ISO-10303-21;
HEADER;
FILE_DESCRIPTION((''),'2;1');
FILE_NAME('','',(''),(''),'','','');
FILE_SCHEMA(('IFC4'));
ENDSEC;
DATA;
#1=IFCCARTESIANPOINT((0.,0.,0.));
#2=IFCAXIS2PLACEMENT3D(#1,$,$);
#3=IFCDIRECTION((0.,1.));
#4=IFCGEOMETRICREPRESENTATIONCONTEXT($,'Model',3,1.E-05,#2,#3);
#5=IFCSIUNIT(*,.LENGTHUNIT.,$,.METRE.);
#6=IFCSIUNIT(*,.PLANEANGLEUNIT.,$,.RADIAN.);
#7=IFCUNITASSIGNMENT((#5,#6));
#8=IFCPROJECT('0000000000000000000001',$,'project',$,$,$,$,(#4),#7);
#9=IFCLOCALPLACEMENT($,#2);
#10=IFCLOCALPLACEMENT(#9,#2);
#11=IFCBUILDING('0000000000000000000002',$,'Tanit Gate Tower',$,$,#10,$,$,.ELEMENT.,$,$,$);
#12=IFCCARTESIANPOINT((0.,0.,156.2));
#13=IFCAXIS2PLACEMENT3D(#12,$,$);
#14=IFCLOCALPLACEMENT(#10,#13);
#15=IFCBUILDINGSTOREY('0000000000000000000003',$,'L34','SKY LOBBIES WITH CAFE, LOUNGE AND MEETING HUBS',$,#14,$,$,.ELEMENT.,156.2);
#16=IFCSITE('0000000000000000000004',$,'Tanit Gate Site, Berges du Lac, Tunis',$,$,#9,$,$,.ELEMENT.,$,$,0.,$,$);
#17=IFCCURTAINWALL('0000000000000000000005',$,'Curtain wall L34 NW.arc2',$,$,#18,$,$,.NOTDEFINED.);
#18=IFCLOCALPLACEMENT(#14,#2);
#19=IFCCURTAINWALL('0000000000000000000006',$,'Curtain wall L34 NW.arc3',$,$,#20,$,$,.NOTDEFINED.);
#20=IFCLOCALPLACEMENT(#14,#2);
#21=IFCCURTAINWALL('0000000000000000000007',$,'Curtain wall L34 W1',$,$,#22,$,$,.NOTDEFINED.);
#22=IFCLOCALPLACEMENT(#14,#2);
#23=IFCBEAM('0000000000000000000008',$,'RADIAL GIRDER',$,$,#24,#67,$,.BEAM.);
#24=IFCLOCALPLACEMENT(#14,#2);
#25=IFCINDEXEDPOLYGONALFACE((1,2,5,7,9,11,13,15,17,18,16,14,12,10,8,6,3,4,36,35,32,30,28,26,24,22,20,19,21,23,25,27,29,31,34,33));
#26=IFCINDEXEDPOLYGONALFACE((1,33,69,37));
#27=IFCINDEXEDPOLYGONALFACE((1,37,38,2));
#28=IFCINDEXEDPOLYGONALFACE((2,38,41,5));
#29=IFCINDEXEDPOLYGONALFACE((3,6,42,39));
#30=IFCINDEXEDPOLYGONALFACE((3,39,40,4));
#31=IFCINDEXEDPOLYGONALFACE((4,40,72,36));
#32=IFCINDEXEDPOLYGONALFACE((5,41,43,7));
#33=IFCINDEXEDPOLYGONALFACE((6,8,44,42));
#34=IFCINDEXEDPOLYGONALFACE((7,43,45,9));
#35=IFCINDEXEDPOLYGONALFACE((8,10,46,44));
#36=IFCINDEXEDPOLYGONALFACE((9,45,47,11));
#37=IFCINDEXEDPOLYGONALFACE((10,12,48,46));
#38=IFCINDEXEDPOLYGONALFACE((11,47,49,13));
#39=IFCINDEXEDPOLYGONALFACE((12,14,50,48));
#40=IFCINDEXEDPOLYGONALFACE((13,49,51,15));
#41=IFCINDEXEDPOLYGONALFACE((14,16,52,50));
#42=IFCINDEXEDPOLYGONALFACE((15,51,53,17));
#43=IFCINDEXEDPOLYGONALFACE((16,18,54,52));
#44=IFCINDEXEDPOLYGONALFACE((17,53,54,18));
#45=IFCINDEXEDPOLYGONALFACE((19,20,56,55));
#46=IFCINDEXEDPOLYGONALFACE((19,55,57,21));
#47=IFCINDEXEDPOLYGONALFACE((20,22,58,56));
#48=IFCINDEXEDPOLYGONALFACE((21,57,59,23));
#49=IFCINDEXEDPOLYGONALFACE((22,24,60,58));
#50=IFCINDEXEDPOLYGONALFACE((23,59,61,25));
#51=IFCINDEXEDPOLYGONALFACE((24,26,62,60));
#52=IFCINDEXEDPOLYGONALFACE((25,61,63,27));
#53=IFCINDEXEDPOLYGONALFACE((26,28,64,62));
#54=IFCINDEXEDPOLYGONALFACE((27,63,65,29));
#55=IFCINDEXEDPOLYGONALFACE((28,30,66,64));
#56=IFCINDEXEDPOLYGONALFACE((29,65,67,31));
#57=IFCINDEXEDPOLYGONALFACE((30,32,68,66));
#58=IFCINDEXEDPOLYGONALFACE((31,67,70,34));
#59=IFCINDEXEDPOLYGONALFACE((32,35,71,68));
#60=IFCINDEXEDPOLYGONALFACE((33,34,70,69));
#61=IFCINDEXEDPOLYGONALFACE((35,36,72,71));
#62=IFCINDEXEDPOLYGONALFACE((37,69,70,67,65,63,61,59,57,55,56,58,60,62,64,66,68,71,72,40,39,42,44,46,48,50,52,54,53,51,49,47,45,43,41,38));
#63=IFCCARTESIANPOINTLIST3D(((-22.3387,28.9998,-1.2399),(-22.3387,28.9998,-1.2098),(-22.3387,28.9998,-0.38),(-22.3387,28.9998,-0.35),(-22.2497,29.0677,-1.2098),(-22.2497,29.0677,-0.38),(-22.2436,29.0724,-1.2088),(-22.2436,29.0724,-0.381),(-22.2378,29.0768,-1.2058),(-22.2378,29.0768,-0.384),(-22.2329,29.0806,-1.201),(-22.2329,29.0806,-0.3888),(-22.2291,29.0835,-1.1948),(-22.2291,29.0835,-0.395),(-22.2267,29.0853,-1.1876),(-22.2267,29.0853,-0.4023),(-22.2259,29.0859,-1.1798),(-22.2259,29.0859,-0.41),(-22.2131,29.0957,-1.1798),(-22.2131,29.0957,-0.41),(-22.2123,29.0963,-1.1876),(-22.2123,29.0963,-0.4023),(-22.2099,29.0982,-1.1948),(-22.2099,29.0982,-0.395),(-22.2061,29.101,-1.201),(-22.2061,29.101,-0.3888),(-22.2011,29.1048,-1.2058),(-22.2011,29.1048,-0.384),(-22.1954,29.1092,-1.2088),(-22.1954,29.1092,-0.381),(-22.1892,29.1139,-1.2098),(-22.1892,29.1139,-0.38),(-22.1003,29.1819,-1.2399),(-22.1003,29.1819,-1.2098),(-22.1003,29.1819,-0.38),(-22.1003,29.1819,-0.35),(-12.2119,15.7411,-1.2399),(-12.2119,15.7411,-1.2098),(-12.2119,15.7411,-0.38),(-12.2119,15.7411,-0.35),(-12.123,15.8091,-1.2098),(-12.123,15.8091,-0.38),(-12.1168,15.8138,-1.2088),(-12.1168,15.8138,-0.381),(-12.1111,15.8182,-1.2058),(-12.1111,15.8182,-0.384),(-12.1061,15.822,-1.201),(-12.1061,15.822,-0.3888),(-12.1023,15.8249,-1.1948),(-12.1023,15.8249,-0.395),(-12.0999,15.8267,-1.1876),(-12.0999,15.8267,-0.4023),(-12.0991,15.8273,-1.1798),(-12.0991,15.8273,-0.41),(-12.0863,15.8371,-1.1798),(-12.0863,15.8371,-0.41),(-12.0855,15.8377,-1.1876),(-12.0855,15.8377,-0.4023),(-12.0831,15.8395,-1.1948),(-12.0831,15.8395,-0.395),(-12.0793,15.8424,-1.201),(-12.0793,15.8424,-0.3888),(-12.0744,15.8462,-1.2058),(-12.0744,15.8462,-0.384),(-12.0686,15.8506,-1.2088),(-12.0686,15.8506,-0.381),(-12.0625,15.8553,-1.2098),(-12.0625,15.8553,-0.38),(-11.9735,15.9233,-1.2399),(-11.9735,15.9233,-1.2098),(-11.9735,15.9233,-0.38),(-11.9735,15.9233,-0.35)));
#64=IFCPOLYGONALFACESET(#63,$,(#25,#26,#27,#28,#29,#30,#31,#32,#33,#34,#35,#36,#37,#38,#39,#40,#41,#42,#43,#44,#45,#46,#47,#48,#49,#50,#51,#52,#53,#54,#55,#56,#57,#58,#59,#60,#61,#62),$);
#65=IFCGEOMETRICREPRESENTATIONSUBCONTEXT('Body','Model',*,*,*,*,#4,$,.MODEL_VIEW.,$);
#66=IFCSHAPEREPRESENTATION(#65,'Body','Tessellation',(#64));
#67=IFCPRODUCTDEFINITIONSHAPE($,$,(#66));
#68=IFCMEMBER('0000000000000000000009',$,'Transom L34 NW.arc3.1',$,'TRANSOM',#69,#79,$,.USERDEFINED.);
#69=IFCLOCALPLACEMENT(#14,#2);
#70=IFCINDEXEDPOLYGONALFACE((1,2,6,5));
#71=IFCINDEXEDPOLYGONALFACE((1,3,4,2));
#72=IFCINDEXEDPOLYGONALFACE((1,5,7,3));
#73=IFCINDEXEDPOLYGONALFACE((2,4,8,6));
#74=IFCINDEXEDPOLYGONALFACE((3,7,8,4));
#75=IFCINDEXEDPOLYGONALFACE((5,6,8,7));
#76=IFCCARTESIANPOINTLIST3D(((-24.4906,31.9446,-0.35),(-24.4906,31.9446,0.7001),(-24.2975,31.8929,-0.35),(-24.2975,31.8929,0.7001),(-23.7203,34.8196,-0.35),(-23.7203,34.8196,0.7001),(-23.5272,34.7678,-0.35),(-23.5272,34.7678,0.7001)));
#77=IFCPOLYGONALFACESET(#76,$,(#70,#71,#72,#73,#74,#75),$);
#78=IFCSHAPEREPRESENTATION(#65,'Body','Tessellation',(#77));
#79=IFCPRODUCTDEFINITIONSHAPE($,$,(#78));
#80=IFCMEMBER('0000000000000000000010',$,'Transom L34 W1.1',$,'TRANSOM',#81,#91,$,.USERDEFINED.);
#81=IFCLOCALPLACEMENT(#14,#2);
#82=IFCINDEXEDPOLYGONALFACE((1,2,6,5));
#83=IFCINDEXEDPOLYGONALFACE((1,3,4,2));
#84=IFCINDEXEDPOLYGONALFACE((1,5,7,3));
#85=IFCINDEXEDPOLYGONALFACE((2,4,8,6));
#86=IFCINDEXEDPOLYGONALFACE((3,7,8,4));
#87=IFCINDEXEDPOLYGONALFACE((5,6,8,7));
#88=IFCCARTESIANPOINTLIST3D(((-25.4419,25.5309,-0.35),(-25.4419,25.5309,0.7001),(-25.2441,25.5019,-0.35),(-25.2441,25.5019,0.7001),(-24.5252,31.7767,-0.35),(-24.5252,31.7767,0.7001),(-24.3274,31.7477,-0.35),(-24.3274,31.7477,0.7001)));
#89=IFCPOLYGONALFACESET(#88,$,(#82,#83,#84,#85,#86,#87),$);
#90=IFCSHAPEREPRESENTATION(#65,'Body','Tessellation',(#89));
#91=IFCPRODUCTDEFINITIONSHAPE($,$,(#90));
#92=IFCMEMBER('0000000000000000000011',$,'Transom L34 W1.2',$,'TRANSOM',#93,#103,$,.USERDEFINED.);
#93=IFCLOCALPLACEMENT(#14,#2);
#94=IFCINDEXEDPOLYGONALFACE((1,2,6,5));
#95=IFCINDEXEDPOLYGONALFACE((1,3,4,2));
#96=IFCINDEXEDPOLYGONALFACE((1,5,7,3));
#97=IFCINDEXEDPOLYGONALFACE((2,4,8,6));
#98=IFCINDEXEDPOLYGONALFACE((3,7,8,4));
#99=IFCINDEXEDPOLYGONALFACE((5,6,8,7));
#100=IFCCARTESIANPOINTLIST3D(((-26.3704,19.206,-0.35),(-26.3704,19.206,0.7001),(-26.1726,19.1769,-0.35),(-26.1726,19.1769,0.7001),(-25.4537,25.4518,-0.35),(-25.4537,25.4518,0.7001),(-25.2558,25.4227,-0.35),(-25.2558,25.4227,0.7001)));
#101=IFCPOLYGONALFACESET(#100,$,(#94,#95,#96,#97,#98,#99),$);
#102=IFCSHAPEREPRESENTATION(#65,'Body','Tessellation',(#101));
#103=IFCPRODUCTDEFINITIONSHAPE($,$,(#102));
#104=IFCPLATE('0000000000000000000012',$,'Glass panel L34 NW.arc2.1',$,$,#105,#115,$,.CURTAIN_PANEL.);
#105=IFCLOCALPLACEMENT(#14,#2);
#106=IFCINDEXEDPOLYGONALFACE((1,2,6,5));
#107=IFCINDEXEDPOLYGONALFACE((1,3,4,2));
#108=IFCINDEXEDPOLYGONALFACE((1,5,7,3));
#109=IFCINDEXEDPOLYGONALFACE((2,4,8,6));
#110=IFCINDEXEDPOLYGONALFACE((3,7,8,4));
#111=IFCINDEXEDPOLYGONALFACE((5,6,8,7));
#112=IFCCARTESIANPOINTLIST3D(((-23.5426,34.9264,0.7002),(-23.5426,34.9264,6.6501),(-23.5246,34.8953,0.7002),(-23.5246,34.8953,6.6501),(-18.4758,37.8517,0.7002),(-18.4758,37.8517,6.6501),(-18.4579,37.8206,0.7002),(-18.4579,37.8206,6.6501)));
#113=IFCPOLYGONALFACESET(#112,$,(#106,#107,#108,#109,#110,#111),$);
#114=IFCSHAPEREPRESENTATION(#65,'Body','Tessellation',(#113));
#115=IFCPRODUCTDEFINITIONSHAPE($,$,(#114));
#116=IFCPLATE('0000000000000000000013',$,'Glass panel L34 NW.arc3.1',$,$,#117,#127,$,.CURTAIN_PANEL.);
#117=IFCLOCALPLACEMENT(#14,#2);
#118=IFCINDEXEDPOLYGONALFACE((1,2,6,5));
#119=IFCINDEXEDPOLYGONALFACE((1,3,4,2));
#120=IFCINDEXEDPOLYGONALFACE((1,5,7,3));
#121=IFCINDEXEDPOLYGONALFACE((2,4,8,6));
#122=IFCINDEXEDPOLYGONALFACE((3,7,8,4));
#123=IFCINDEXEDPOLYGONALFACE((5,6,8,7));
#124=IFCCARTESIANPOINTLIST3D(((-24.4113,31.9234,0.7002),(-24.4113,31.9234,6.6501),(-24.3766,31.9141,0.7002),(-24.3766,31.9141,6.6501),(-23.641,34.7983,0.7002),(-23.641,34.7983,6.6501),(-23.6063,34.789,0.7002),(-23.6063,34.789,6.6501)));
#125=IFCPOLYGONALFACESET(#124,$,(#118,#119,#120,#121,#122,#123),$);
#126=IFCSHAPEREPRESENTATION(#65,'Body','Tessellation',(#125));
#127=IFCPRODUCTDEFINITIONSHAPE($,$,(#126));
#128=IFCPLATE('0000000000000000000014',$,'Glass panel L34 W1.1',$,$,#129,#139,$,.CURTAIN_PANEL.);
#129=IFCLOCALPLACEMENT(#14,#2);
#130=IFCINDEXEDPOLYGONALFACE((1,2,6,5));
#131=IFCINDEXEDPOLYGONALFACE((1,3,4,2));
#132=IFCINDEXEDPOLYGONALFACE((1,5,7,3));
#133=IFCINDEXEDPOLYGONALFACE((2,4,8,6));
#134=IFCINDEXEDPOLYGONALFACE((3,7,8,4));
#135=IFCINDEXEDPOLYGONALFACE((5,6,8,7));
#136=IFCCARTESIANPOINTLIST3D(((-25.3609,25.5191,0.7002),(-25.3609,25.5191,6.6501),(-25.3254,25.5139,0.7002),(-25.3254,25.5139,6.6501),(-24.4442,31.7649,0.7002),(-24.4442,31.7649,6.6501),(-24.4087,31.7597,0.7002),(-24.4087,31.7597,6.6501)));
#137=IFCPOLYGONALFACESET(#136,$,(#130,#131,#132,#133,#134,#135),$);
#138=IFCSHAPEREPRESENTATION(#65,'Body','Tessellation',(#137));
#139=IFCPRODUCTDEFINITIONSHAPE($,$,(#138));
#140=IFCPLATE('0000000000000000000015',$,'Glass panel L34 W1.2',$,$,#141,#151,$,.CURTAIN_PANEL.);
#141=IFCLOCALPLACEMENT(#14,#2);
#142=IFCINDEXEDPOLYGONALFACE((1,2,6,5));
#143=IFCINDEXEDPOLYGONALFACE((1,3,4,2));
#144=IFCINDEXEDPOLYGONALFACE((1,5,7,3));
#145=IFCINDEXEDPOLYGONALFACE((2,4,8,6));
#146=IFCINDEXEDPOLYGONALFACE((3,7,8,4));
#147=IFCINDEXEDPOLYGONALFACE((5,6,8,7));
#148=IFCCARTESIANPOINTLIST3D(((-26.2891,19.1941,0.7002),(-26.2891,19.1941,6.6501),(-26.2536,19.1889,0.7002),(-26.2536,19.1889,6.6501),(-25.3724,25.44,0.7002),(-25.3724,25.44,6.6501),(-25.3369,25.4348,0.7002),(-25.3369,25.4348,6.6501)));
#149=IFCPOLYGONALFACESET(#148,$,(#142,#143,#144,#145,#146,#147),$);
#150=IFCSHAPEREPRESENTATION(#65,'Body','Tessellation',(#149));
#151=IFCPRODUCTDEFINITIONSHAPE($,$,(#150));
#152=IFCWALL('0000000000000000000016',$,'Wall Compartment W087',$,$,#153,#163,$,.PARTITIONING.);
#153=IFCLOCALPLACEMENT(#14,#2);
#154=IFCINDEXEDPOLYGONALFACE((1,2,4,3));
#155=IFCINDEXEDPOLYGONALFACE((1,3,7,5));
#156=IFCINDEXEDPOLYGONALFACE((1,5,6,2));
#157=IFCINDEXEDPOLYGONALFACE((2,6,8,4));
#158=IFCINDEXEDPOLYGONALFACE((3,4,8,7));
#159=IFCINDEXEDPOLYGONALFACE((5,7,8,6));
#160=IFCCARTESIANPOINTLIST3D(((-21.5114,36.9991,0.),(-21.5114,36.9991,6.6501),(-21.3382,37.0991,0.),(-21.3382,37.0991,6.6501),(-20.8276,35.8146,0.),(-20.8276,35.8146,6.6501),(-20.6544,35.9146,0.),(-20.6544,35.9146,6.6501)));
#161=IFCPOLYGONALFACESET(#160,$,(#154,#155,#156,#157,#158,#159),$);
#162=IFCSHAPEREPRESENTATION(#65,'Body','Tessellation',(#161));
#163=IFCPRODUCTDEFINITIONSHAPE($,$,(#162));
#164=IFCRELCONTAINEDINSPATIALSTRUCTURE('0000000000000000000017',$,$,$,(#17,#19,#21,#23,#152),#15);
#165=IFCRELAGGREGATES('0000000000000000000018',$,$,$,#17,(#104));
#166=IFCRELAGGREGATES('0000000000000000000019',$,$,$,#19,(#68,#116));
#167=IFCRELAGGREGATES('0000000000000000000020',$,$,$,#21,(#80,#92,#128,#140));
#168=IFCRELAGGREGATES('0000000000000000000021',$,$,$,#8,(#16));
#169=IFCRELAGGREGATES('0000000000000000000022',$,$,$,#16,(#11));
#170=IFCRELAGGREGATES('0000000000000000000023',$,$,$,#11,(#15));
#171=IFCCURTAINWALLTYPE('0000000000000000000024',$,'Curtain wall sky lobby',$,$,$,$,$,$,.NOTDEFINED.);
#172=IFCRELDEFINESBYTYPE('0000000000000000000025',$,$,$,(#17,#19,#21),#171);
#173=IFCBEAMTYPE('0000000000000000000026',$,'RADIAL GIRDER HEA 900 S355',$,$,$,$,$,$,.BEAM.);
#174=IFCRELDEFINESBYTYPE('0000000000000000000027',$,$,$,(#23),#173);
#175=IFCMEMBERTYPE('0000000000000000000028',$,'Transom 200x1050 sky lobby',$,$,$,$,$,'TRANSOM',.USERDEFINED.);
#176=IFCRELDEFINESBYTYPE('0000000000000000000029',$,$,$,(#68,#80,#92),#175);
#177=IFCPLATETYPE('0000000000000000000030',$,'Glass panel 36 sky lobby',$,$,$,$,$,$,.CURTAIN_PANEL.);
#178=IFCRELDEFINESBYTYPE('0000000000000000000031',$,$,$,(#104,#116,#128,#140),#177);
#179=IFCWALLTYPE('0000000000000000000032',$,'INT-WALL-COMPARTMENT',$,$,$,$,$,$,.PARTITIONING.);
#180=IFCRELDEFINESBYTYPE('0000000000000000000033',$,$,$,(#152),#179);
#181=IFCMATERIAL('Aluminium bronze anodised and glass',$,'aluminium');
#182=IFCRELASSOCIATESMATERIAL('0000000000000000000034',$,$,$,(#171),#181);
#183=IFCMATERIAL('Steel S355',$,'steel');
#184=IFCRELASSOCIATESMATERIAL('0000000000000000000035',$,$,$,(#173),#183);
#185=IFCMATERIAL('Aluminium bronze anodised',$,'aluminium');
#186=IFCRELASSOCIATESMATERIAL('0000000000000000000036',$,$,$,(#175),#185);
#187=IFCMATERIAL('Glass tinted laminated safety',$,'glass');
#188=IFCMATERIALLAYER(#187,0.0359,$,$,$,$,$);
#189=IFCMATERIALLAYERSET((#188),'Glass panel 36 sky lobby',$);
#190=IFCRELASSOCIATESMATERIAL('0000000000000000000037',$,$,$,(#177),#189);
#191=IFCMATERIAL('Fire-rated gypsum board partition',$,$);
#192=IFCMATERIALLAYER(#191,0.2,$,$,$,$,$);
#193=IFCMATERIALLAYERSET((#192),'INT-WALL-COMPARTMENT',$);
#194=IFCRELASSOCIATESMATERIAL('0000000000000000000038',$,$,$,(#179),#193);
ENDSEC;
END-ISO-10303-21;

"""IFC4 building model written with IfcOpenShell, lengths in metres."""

from ifc_helpers import new_model, si_unit, direction, frame, frame_2d, origin, origin_2d, place, context, subcontext, project, spatial, rectangle, i_section, extrude, material, layer, layer_set, material_profile, profile_set, type_object, element, aggregate, save


model = new_model("IFC4")

# Units and contexts
model_context = context("Model", 3, precision=1e-05, world=origin(), true_north=direction((0.0, 1.0)))
body_context = subcontext(model_context, "Body", "Model", "MODEL_VIEW")
ifc_project = project(units=[si_unit("LENGTHUNIT", "METRE"), si_unit("PLANEANGLEUNIT", "RADIAN")], contexts=[model_context])

# Site, building, storey
site_placement = place(None, origin())
site = spatial("IfcSite", under=ifc_project, at=site_placement, Name="Tanit Gate Site, Berges du Lac, Tunis", CompositionType="ELEMENT", RefElevation=0.0)
building_placement = place(site_placement, origin())
building = spatial("IfcBuilding", under=site, at=building_placement, Name="Tanit Gate Tower", CompositionType="ELEMENT")
storey_placement = place(building_placement, frame((0.0, 0.0, 156.2)))
storey = spatial("IfcBuildingStorey", under=building, at=storey_placement, Name="L34", Description="SKY LOBBIES WITH CAFE, LOUNGE AND MEETING HUBS", CompositionType="ELEMENT", Elevation=156.2)

# Curtain wall
ifc_material_1 = material(Name="Aluminium bronze anodised and glass", Category="aluminium")
curtain_wall_type = type_object("IfcCurtainWallType", Name="Curtain wall sky lobby", PredefinedType="NOTDEFINED", material=ifc_material_1)
curtain_wall_1_placement = place(storey_placement, origin())
curtain_wall_1 = element("IfcCurtainWall", 1, at=curtain_wall_1_placement, inside=storey, type_object=curtain_wall_type, Name="Curtain wall L34 NW.arc2", PredefinedType="NOTDEFINED")

# Curtain walls
curtain_wall_2_placement = place(storey_placement, origin())
curtain_wall_2 = element("IfcCurtainWall", 2, at=curtain_wall_2_placement, inside=storey, type_object=curtain_wall_type, Name="Curtain wall L34 NW.arc3", PredefinedType="NOTDEFINED")
curtain_wall_3_placement = place(storey_placement, origin())
curtain_wall_3 = element("IfcCurtainWall", 3, at=curtain_wall_3_placement, inside=storey, type_object=curtain_wall_type, Name="Curtain wall L34 W1", PredefinedType="NOTDEFINED")

# Beam
ifc_material_2 = material(Name="Steel S355", Category="steel")
ifc_material_profile_1 = material_profile(ifc_material_2, i_section(OverallWidth=0.3, OverallDepth=0.8899, WebThickness=0.0161, FlangeThickness=0.03, FilletRadius=0.03, at=origin_2d()), Name="HEA 900")
ifc_profile_set_1 = profile_set([ifc_material_profile_1], Name="Steel S355")
beam_type_1 = type_object("IfcBeamType", Name="RADIAL GIRDER HEA 900 S355", PredefinedType="BEAM", material=ifc_profile_set_1)
beam_1_placement = place(storey_placement, frame((-22.2195, 29.0908, -0.7949), z_axis=(0.606989, -0.79471, 0.0), x_axis=(0.79471, 0.606989, 0.0)))
element("IfcBeam", 4, at=beam_1_placement, inside=storey, type_object=beam_type_1, Name="RADIAL GIRDER", PredefinedType="BEAM", context=body_context, shape_type="SweptSolid", body=[
    extrude(i_section(OverallWidth=0.3, OverallDepth=0.8899, WebThickness=0.0161, FlangeThickness=0.03, FilletRadius=0.03, at=origin_2d()), origin(), (0.0, 0.0, 1.0), 16.6836),
])

# Members
ifc_material_3 = material(Name="Aluminium bronze anodised", Category="aluminium")
ifc_material_profile_2 = material_profile(ifc_material_3, rectangle(XDim=0.2, YDim=1.05, at=origin_2d()), Name="200x1050 bronze transom")
ifc_profile_set_2 = profile_set([ifc_material_profile_2], Name="Aluminium bronze anodised")
member_type_1 = type_object("IfcMemberType", Name="Transom 200x1050 sky lobby", ElementType="TRANSOM", PredefinedType="USERDEFINED", material=ifc_profile_set_2)
member_1_placement = place(storey_placement, frame((-23.6238, 34.7937, 0.175), z_axis=(-0.258791, -0.965933, 0.0), x_axis=(0.965933, -0.258791, 0.0)))
member_1 = element("IfcMember", 5, at=member_1_placement, type_object=member_type_1, Name="Transom L34 NW.arc3.1", ObjectType="TRANSOM", PredefinedType="USERDEFINED", context=body_context, shape_type="SweptSolid", body=[
    extrude(rectangle(XDim=0.2, YDim=1.05, at=origin_2d()), origin(), (0.0, 0.0, 1.0), 2.9763),
])
member_2_placement = place(storey_placement, frame((-24.4263, 31.7622, 0.175), z_axis=(-0.145221, -0.989399, 0.0), x_axis=(0.989399, -0.145221, 0.0)))
member_2 = element("IfcMember", 6, at=member_2_placement, type_object=member_type_1, Name="Transom L34 W1.1", ObjectType="TRANSOM", PredefinedType="USERDEFINED", context=body_context, shape_type="SweptSolid", body=[
    extrude(rectangle(XDim=0.2, YDim=1.05, at=origin_2d()), origin(), (0.0, 0.0, 1.0), 6.3127),
])
member_3_placement = place(storey_placement, frame((-25.3547, 25.4373, 0.175), z_axis=(-0.145221, -0.989399, 0.0), x_axis=(0.989399, -0.145221, 0.0)))
member_3 = element("IfcMember", 7, at=member_3_placement, type_object=member_type_1, Name="Transom L34 W1.2", ObjectType="TRANSOM", PredefinedType="USERDEFINED", context=body_context, shape_type="SweptSolid", body=[
    extrude(rectangle(XDim=0.2, YDim=1.05, at=origin_2d()), origin(), (0.0, 0.0, 1.0), 6.3127),
])

# Plates
ifc_material_4 = material(Name="Glass tinted laminated safety", Category="glass")
ifc_layer_1 = layer(ifc_material_4, 0.0359)
ifc_layer_set_1 = layer_set([ifc_layer_1], Name="Glass panel 36 sky lobby")
plate_type = type_object("IfcPlateType", Name="Glass panel 36 sky lobby", PredefinedType="CURTAIN_PANEL", material=ifc_layer_set_1)
plate_1_placement = place(storey_placement, frame((-21.0002, 36.3735, 0.7002), z_axis=(0.0, 0.0, 1.0), x_axis=(-0.866025, -0.5, 0.0)))
plate_1 = element("IfcPlate", 8, at=plate_1_placement, type_object=plate_type, Name="Glass panel L34 NW.arc2.1", PredefinedType="CURTAIN_PANEL", context=body_context, shape_type="SweptSolid", body=[
    extrude(rectangle(XDim=5.8506, YDim=0.0359, at=origin_2d()), origin(), (0.0, 0.0, 1.0), 5.95),
])
aggregate(curtain_wall_1, [plate_1])
plate_2_placement = place(storey_placement, frame((-24.0088, 33.3562, 0.7002), z_axis=(0.0, 0.0, 1.0), x_axis=(-0.258819, -0.965926, 0.0)))
plate_2 = element("IfcPlate", 9, at=plate_2_placement, type_object=plate_type, Name="Glass panel L34 NW.arc3.1", PredefinedType="CURTAIN_PANEL", context=body_context, shape_type="SweptSolid", body=[
    extrude(rectangle(XDim=2.9763, YDim=0.0359, at=origin_2d()), origin(), (0.0, 0.0, 1.0), 5.95),
])
aggregate(curtain_wall_2, [member_1, plate_2])
plate_3_placement = place(storey_placement, frame((-24.8848, 28.6394, 0.7002), z_axis=(0.0, 0.0, 1.0), x_axis=(-0.145218, -0.9894, 0.0)))
plate_3 = element("IfcPlate", 10, at=plate_3_placement, type_object=plate_type, Name="Glass panel L34 W1.1", PredefinedType="CURTAIN_PANEL", context=body_context, shape_type="SweptSolid", body=[
    extrude(rectangle(XDim=6.3127, YDim=0.0359, at=origin_2d()), origin(), (0.0, 0.0, 1.0), 5.95),
])
plate_4_placement = place(storey_placement, frame((-25.813, 22.3145, 0.7002), z_axis=(0.0, 0.0, 1.0), x_axis=(-0.145218, -0.9894, 0.0)))
plate_4 = element("IfcPlate", 11, at=plate_4_placement, type_object=plate_type, Name="Glass panel L34 W1.2", PredefinedType="CURTAIN_PANEL", context=body_context, shape_type="SweptSolid", body=[
    extrude(rectangle(XDim=6.3127, YDim=0.0359, at=origin_2d()), origin(), (0.0, 0.0, 1.0), 5.95),
])
aggregate(curtain_wall_3, [member_2, member_3, plate_3, plate_4])

# Wall
ifc_material_5 = material(Name="Fire-rated gypsum board partition")
ifc_layer_2 = layer(ifc_material_5, 0.2)
ifc_layer_set_2 = layer_set([ifc_layer_2], Name="INT-WALL-COMPARTMENT")
wall_type = type_object("IfcWallType", Name="INT-WALL-COMPARTMENT", PredefinedType="PARTITIONING", material=ifc_layer_set_2)
wall_placement = place(storey_placement, frame((-21.4248, 37.0491, 0.0), z_axis=(0.0, 0.0, 1.0), x_axis=(0.499959, -0.866049, 0.0)))
element("IfcWall", 12, at=wall_placement, inside=storey, type_object=wall_type, Name="Wall Compartment W087", PredefinedType="PARTITIONING", context=body_context, shape_type="SweptSolid", body=[
    extrude(rectangle(XDim=1.3677, YDim=0.2, at=frame_2d((0.6838, 0.0))), origin(), (0.0, 0.0, 1.0), 6.6501),
])

save(model, "model.ifc")
